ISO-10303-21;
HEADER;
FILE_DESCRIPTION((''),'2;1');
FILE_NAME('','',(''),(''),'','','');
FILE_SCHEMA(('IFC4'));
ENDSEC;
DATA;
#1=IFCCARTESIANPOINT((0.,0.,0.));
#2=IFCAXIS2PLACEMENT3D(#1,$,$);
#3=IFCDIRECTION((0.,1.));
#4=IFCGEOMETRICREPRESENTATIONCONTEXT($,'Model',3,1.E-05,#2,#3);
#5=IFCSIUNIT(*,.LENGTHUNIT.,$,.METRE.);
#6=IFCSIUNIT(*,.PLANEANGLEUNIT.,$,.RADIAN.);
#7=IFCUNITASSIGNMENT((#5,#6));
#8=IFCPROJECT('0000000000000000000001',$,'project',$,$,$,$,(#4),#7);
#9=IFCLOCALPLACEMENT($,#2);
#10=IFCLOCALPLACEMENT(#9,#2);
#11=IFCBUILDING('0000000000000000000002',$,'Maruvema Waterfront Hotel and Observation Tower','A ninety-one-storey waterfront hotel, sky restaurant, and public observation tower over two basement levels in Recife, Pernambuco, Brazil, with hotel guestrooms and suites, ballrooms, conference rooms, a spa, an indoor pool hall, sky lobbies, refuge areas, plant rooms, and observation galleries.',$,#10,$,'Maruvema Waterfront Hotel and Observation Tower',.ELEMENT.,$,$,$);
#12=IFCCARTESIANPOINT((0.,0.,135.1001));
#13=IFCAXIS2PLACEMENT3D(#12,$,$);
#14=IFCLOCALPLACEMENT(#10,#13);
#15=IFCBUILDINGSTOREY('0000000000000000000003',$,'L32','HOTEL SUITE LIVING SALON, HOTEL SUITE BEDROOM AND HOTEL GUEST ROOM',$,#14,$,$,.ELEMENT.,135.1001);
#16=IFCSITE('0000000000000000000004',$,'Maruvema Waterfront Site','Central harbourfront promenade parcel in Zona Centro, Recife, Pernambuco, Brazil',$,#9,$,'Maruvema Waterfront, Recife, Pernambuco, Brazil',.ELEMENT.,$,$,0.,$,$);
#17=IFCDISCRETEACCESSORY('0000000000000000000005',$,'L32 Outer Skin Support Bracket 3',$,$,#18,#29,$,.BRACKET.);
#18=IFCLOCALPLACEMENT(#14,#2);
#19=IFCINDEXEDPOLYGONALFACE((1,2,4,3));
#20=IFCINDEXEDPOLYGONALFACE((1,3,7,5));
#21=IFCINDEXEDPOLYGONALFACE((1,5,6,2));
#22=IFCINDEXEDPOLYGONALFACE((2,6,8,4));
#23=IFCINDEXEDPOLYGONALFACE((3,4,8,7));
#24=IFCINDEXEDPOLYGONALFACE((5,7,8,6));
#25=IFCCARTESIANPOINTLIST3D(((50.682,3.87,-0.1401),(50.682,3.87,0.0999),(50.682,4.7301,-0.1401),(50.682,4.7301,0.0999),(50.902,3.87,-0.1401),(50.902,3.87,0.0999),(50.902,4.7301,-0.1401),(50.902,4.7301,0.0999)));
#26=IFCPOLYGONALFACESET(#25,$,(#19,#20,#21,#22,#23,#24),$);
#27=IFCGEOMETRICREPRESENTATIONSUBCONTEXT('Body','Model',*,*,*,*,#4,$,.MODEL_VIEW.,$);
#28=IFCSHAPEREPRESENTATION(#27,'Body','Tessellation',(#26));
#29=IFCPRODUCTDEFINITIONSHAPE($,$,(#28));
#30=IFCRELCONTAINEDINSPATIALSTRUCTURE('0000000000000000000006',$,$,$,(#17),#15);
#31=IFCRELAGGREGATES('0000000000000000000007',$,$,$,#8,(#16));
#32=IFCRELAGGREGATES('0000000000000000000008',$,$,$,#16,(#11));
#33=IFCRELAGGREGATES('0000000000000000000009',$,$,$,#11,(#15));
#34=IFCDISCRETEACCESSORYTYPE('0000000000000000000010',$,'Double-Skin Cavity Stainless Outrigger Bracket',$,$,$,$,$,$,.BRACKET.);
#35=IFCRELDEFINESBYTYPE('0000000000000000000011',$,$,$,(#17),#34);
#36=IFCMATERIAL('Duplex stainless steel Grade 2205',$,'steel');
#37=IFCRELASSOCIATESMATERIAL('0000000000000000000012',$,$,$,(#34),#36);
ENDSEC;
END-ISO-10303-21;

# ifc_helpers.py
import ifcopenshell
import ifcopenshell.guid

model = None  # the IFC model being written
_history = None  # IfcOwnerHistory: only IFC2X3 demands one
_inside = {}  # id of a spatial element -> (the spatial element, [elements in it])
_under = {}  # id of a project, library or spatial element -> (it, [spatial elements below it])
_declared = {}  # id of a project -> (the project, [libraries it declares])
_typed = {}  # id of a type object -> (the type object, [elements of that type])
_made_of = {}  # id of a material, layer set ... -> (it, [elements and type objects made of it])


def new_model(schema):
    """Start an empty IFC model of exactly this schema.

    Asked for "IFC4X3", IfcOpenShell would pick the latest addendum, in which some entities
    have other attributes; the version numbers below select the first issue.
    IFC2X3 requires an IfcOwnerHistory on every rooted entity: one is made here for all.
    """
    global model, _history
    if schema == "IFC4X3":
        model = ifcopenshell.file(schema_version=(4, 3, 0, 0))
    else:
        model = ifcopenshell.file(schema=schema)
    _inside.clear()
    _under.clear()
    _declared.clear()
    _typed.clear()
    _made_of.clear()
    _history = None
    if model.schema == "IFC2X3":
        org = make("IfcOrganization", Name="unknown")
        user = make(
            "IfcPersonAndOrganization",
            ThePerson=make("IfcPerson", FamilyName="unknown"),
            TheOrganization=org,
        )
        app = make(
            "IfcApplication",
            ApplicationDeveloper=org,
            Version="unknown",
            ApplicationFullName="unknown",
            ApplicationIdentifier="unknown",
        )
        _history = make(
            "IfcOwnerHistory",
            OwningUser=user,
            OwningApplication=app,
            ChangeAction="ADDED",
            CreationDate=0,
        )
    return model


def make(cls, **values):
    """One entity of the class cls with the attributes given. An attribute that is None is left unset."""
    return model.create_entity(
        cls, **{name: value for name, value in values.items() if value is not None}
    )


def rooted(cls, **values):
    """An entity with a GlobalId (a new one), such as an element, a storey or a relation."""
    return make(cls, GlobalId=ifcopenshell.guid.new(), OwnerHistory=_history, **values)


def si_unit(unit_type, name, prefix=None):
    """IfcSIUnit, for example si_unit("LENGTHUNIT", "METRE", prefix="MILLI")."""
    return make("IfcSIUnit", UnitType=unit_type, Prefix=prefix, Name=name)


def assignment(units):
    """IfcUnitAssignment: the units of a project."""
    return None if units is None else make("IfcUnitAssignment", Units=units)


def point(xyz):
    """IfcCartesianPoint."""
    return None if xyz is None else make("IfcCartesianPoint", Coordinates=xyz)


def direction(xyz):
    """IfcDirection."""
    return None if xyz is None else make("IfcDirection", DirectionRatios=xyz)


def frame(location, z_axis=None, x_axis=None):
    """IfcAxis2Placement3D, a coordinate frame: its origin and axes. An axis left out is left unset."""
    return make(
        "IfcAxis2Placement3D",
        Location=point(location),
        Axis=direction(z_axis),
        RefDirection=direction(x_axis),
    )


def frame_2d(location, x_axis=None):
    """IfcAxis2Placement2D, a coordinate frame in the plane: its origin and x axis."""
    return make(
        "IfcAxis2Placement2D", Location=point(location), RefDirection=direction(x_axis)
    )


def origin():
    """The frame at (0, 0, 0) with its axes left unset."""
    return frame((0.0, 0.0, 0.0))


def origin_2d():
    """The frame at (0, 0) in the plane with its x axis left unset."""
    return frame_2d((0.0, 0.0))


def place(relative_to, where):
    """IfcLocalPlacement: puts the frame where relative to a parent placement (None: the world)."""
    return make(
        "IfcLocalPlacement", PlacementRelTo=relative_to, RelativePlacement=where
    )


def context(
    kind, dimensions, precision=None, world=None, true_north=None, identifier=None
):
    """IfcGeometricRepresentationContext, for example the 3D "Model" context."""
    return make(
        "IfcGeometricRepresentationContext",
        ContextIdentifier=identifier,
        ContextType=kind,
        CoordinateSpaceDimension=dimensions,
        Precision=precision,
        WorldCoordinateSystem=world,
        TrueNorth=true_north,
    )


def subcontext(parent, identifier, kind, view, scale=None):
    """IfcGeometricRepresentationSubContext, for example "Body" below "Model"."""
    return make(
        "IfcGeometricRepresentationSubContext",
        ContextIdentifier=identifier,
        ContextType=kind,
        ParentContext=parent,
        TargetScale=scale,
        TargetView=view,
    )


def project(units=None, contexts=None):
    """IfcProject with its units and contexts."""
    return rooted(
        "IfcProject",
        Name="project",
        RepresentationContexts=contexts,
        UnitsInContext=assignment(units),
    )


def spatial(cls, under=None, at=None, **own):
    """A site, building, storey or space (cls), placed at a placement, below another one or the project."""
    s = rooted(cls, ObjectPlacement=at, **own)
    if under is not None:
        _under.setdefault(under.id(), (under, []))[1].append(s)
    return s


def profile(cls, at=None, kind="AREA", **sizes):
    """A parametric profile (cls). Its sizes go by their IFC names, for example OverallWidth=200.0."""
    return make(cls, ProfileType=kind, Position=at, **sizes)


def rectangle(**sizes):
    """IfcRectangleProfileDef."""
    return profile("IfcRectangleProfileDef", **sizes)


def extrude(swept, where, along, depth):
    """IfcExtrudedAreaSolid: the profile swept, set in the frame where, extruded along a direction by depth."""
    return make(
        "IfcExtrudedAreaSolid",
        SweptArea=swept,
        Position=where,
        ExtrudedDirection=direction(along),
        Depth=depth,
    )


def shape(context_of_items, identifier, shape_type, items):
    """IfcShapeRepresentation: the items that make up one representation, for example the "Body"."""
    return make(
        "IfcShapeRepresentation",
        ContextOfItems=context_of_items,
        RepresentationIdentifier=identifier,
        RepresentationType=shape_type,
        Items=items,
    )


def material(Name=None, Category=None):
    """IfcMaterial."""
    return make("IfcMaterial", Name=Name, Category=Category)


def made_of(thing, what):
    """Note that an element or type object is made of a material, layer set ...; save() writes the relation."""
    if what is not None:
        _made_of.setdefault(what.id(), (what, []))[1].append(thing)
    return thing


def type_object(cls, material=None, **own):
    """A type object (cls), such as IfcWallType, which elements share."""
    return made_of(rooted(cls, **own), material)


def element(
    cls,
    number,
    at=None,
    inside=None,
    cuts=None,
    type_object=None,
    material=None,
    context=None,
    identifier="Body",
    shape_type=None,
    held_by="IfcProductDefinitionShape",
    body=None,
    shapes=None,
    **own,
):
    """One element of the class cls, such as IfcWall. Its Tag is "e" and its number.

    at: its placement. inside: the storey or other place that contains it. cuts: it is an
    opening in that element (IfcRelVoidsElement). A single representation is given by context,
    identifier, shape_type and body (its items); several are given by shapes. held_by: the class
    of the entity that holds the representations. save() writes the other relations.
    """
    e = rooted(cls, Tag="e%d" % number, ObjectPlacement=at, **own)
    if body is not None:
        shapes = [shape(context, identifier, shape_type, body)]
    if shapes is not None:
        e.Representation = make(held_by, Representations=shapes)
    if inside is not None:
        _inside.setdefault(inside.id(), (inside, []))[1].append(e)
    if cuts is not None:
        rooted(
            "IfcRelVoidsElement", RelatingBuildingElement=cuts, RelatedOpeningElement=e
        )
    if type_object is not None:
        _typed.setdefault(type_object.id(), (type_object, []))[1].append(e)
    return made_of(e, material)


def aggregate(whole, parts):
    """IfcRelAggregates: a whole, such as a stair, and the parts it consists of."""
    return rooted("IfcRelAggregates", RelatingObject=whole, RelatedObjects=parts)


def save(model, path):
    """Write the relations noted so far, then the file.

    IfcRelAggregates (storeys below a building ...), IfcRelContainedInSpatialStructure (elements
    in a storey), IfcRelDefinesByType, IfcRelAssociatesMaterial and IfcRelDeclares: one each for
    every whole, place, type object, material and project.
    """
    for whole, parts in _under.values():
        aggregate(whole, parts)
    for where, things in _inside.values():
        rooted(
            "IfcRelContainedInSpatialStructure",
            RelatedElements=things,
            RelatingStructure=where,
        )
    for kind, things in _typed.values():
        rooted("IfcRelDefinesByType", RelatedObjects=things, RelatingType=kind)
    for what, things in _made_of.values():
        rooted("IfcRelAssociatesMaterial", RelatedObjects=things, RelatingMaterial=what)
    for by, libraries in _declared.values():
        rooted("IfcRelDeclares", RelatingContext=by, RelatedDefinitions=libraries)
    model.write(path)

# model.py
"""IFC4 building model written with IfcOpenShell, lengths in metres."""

from ifc_helpers import new_model, si_unit, direction, frame, origin, origin_2d, place, context, subcontext, project, spatial, rectangle, extrude, material, type_object, element, save


model = new_model("IFC4")

# Units and contexts
model_context = context("Model", 3, precision=1e-05, world=origin(), true_north=direction((0.0, 1.0)))
body_context = subcontext(model_context, "Body", "Model", "MODEL_VIEW")
ifc_project = project(units=[si_unit("LENGTHUNIT", "METRE"), si_unit("PLANEANGLEUNIT", "RADIAN")], contexts=[model_context])

# Site, building, storey
site_placement = place(None, origin())
site = spatial("IfcSite", under=ifc_project, at=site_placement, Name="Maruvema Waterfront Site", Description="Central harbourfront promenade parcel in Zona Centro, Recife, Pernambuco, Brazil", LongName="Maruvema Waterfront, Recife, Pernambuco, Brazil", CompositionType="ELEMENT", RefElevation=0.0)
building_placement = place(site_placement, origin())
building = spatial("IfcBuilding", under=site, at=building_placement, Name="Maruvema Waterfront Hotel and Observation Tower", Description="A ninety-one-storey waterfront hotel, sky restaurant, and public observation tower over two basement levels in Recife, Pernambuco, Brazil, with hotel guestrooms and suites, ballrooms, conference rooms, a spa, an indoor pool hall, sky lobbies, refuge areas, plant rooms, and observation galleries.", LongName="Maruvema Waterfront Hotel and Observation Tower", CompositionType="ELEMENT")
storey_placement = place(building_placement, frame((0.0, 0.0, 135.1001)))
storey = spatial("IfcBuildingStorey", under=building, at=storey_placement, Name="L32", Description="HOTEL SUITE LIVING SALON, HOTEL SUITE BEDROOM AND HOTEL GUEST ROOM", CompositionType="ELEMENT", Elevation=135.1001)

# Discrete accessory
ifc_material_1 = material(Name="Duplex stainless steel Grade 2205", Category="steel")
discrete_accessory_type = type_object("IfcDiscreteAccessoryType", Name="Double-Skin Cavity Stainless Outrigger Bracket", PredefinedType="BRACKET", material=ifc_material_1)
discrete_accessory_placement = place(storey_placement, frame((50.792, 4.3, -0.1401), z_axis=(0.0, 0.0, 1.0), x_axis=(1.0, 0.0, 0.0)))
element("IfcDiscreteAccessory", 1, at=discrete_accessory_placement, inside=storey, type_object=discrete_accessory_type, Name="L32 Outer Skin Support Bracket 3", PredefinedType="BRACKET", context=body_context, shape_type="SweptSolid", body=[
    extrude(rectangle(XDim=0.22, YDim=0.8601, at=origin_2d()), origin(), (0.0, 0.0, 1.0), 0.24),
])

save(model, "model.ifc")
